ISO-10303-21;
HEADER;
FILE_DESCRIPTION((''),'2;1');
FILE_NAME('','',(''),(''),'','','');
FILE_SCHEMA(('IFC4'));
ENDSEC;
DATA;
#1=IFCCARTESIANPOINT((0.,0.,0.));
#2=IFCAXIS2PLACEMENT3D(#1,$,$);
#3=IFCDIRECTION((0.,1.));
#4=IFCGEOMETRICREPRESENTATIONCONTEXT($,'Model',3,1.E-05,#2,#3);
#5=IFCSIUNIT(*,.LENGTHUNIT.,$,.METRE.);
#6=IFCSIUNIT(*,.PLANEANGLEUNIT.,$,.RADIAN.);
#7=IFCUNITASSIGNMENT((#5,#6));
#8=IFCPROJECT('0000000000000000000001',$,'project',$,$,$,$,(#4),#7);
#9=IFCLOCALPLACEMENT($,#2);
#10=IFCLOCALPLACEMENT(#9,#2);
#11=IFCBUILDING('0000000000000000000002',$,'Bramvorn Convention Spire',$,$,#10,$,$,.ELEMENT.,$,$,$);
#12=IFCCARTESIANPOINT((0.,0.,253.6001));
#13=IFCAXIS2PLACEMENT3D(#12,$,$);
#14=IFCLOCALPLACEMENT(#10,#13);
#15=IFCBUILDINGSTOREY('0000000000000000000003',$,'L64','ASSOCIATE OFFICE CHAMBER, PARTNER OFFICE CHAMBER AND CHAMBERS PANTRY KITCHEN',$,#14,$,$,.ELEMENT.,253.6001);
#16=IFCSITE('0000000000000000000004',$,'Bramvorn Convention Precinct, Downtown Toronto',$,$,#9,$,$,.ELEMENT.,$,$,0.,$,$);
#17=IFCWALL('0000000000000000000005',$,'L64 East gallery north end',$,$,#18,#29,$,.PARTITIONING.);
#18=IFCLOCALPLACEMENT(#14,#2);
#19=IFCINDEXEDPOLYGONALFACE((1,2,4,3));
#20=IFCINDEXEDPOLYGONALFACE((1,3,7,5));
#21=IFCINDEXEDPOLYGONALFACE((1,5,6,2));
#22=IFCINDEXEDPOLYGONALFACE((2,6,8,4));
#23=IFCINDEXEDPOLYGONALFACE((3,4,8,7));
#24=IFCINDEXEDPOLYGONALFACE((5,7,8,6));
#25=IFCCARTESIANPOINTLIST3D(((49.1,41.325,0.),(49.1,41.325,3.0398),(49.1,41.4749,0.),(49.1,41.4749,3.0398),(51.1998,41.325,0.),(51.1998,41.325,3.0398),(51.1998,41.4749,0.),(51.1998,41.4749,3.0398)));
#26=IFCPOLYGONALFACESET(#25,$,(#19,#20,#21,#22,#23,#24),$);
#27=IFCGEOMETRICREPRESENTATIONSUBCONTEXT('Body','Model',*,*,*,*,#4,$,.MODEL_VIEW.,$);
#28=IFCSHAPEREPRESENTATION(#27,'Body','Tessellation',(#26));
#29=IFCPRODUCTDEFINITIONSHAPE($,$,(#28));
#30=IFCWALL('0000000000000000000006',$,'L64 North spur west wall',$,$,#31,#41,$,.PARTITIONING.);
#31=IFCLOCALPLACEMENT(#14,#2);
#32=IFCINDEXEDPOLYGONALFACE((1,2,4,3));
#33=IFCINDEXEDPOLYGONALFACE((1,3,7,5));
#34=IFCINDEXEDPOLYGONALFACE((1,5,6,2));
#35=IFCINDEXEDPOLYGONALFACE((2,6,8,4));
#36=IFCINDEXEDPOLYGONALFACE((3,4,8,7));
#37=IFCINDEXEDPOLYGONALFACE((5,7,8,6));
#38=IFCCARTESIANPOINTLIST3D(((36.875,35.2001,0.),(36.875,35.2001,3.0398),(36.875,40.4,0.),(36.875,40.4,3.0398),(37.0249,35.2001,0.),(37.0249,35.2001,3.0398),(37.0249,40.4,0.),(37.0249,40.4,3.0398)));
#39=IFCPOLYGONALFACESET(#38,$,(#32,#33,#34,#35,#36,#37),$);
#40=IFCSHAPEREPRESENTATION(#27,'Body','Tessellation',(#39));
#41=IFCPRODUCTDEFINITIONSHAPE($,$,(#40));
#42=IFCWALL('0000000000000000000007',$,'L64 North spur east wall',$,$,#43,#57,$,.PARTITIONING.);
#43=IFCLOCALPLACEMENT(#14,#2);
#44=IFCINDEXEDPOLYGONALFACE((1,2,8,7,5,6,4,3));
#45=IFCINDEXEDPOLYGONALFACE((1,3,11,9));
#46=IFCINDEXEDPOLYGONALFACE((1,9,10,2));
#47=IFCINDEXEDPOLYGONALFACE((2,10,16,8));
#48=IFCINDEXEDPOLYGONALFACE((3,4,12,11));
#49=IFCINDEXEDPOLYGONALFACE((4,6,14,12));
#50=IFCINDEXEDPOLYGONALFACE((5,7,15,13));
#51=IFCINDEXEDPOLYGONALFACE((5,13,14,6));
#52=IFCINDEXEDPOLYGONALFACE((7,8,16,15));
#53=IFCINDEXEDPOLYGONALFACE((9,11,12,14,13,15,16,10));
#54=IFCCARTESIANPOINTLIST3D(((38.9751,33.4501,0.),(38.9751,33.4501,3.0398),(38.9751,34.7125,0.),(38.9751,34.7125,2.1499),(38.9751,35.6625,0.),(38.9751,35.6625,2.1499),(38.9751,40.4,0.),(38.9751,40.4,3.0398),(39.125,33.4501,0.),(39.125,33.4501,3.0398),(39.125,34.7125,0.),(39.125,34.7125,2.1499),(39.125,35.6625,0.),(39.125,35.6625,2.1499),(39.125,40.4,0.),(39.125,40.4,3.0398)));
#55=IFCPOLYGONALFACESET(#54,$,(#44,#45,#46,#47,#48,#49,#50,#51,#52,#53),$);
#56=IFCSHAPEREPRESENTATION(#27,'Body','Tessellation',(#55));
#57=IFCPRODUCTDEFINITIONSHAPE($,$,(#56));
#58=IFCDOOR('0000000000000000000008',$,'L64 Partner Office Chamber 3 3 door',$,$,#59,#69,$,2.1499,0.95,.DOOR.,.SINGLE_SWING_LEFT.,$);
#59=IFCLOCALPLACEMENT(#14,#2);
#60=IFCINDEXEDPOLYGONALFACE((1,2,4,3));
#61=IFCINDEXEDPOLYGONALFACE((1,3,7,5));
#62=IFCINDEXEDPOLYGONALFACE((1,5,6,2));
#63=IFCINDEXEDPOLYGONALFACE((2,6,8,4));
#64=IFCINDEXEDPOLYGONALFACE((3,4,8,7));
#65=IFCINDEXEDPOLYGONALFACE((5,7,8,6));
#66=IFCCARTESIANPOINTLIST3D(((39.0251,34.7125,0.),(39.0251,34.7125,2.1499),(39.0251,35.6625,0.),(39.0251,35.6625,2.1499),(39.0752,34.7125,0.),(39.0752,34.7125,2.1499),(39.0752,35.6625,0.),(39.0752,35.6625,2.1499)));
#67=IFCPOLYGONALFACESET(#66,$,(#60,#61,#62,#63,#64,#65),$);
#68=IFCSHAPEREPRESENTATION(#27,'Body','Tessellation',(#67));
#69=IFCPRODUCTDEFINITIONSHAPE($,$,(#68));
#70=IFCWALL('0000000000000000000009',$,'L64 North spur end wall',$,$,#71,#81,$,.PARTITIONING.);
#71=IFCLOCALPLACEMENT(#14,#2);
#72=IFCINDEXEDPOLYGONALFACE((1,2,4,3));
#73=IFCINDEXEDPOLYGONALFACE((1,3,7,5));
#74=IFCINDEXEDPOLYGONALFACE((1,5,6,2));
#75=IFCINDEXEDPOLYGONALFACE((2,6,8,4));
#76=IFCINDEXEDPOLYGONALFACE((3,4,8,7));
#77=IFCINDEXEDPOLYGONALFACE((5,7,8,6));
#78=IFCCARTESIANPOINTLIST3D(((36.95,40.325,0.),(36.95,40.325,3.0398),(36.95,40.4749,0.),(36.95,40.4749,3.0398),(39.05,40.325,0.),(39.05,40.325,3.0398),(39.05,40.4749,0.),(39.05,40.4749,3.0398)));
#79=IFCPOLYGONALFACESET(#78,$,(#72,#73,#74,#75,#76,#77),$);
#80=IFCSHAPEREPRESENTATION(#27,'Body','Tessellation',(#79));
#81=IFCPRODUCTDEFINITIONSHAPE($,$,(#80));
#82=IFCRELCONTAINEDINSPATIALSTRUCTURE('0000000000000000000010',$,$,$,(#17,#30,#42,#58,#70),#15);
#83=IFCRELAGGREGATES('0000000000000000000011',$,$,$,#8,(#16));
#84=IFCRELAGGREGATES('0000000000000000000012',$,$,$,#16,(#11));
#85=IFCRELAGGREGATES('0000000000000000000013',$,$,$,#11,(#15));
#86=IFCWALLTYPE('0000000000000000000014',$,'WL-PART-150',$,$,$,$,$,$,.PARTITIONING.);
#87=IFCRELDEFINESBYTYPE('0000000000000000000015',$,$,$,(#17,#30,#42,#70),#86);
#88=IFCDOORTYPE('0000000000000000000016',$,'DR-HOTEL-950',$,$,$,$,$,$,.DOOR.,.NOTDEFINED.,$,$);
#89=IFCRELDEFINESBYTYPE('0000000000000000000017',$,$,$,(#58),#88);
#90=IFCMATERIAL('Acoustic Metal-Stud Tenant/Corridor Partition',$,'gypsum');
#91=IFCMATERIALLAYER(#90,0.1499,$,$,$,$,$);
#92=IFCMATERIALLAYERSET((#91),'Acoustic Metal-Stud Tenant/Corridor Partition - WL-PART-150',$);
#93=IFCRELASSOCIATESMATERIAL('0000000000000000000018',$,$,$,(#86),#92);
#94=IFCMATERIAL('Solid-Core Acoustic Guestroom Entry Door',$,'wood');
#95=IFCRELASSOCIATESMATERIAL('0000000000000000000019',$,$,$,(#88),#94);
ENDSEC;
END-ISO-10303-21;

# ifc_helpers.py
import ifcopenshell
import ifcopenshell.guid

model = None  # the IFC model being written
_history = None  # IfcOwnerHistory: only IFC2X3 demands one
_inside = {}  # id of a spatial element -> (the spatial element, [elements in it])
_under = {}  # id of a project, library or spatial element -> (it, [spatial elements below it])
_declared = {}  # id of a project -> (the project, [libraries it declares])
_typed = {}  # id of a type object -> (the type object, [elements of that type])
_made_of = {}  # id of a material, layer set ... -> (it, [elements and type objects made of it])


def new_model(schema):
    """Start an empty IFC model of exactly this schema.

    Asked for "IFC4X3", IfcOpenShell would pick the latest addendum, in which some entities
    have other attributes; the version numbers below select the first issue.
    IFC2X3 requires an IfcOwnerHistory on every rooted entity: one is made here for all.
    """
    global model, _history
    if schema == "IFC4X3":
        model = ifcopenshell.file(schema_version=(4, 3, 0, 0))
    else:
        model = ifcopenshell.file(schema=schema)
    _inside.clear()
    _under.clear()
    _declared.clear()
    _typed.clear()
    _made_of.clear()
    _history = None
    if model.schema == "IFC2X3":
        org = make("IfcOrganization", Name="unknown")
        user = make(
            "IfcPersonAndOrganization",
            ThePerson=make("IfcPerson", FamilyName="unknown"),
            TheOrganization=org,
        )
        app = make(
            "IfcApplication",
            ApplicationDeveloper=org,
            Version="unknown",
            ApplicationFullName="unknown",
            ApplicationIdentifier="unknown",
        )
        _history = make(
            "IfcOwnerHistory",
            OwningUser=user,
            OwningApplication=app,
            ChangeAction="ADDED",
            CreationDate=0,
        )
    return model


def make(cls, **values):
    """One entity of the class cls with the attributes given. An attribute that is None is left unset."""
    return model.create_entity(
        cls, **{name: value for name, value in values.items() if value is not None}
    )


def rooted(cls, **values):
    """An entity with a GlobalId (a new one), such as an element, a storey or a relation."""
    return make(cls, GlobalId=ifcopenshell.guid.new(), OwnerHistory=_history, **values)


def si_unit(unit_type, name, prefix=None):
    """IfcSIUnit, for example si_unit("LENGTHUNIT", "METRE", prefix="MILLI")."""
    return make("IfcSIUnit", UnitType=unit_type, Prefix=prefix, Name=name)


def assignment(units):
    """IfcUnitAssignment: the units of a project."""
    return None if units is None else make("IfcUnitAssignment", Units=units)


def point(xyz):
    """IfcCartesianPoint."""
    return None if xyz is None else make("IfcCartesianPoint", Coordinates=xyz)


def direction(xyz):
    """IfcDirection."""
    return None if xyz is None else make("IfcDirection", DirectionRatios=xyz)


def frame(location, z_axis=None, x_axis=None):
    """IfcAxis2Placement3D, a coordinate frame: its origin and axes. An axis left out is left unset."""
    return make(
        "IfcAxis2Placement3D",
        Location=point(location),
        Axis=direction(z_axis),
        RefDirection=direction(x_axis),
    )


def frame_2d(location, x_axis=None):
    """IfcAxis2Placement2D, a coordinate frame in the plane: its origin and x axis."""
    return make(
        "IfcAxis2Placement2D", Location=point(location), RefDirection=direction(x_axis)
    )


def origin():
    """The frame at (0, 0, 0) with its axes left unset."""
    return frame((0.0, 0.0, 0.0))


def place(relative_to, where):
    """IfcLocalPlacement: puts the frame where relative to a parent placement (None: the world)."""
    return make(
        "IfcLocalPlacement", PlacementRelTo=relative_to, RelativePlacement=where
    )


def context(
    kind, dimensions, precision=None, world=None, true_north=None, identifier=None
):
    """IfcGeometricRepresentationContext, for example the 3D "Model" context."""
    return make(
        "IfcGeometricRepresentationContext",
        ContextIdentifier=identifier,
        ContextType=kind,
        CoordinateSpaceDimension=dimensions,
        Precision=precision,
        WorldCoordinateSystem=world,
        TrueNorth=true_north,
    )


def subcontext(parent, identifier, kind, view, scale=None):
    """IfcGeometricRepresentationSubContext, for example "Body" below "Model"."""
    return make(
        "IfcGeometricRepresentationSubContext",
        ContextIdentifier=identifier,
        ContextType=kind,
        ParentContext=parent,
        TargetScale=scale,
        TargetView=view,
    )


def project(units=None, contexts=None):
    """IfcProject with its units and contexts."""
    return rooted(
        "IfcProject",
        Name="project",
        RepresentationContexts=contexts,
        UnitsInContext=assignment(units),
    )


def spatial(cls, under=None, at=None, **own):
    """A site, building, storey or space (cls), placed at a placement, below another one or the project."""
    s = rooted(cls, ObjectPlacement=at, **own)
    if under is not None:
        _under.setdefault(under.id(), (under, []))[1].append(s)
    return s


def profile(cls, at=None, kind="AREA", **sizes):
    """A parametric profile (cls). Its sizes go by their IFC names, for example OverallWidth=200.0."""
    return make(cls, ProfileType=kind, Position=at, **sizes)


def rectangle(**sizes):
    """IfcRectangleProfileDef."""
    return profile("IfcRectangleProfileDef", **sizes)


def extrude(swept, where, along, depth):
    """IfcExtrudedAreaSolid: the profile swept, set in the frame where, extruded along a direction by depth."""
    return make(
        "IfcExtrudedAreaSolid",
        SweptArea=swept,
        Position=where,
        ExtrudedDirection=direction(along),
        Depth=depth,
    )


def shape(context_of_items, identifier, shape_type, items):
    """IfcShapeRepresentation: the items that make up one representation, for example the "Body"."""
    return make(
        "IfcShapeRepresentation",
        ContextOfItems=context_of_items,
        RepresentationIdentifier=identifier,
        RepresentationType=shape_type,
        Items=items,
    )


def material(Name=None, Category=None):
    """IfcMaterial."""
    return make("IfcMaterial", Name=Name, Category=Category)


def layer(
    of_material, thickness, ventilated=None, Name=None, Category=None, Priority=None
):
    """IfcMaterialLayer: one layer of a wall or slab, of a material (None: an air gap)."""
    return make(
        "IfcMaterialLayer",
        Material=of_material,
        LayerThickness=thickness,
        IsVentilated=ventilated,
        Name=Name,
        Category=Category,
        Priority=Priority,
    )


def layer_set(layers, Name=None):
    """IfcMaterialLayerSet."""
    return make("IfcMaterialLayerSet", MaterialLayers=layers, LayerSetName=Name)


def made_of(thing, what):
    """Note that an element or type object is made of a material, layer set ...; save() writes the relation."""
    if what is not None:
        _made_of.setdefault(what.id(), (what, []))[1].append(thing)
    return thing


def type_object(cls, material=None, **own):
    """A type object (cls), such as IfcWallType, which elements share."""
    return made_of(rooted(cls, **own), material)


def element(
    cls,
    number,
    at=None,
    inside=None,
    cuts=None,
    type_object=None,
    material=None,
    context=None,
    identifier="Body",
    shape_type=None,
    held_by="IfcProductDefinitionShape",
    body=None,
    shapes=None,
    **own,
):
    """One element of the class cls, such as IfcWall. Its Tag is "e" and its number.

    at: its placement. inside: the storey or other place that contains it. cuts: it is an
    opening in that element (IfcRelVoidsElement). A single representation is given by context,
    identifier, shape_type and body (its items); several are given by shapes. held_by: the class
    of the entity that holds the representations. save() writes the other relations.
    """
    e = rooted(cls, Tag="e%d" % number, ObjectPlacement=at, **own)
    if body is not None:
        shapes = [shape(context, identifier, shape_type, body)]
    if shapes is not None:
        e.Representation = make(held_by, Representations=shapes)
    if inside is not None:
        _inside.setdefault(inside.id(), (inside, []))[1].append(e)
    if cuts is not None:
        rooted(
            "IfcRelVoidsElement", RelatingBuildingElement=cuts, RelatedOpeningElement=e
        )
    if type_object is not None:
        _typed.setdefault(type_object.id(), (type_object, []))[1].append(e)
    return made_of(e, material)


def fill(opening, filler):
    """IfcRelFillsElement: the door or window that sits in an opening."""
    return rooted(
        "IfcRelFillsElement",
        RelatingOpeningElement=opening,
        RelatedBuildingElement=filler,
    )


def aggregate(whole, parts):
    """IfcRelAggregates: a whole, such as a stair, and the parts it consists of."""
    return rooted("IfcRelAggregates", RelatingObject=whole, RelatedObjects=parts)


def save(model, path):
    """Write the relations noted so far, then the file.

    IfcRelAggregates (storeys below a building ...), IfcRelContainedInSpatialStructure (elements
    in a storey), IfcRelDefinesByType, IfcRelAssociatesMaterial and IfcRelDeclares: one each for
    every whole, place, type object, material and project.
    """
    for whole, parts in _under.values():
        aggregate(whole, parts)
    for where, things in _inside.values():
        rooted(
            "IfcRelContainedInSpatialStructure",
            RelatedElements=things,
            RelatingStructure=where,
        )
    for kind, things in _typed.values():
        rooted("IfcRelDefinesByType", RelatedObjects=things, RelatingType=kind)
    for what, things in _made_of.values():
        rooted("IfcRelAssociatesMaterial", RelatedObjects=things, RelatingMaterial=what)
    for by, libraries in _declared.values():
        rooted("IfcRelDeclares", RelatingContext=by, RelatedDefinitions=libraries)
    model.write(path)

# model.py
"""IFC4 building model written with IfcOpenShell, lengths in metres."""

from ifc_helpers import new_model, si_unit, direction, frame, frame_2d, origin, place, context, subcontext, project, spatial, rectangle, extrude, material, layer, layer_set, type_object, element, fill, save


model = new_model("IFC4")

# Units and contexts
model_context = context("Model", 3, precision=1e-05, world=origin(), true_north=direction((0.0, 1.0)))
body_context = subcontext(model_context, "Body", "Model", "MODEL_VIEW")
ifc_project = project(units=[si_unit("LENGTHUNIT", "METRE"), si_unit("PLANEANGLEUNIT", "RADIAN")], contexts=[model_context])

# Site, building, storey
site_placement = place(None, origin())
site = spatial("IfcSite", under=ifc_project, at=site_placement, Name="Bramvorn Convention Precinct, Downtown Toronto", CompositionType="ELEMENT", RefElevation=0.0)
building_placement = place(site_placement, origin())
building = spatial("IfcBuilding", under=site, at=building_placement, Name="Bramvorn Convention Spire", CompositionType="ELEMENT")
storey_placement = place(building_placement, frame((0.0, 0.0, 253.6001)))
storey = spatial("IfcBuildingStorey", under=building, at=storey_placement, Name="L64", Description="ASSOCIATE OFFICE CHAMBER, PARTNER OFFICE CHAMBER AND CHAMBERS PANTRY KITCHEN", CompositionType="ELEMENT", Elevation=253.6001)

# Shared definitions
ifc_material_1 = material(Name="Acoustic Metal-Stud Tenant/Corridor Partition", Category="gypsum")
ifc_layer_1 = layer(ifc_material_1, 0.1499)
ifc_layer_set_1 = layer_set([ifc_layer_1], Name="Acoustic Metal-Stud Tenant/Corridor Partition - WL-PART-150")
wall_type_1 = type_object("IfcWallType", Name="WL-PART-150", PredefinedType="PARTITIONING", material=ifc_layer_set_1)
ifc_material_2 = material(Name="Solid-Core Acoustic Guestroom Entry Door", Category="wood")
door_type = type_object("IfcDoorType", Name="DR-HOTEL-950", OperationType="NOTDEFINED", PredefinedType="DOOR", material=ifc_material_2)

# Walls
wall_1_placement = place(storey_placement, frame((49.1001, 41.3999, 0.0), z_axis=(0.0, 0.0, 1.0), x_axis=(1.0, 0.0, 0.0)))
element("IfcWall", 1, at=wall_1_placement, inside=storey, type_object=wall_type_1, Name="L64 East gallery north end", PredefinedType="PARTITIONING", context=body_context, shape_type="SweptSolid", body=[
    extrude(rectangle(XDim=2.0999, YDim=0.1499, at=frame_2d((1.0498, 0.0))), origin(), (0.0, 0.0, 1.0), 3.0398),
])
wall_2_placement = place(storey_placement, frame((36.95, 35.2, 0.0), z_axis=(0.0, 0.0, 1.0), x_axis=(0.0, 1.0, 0.0)))
element("IfcWall", 2, at=wall_2_placement, inside=storey, type_object=wall_type_1, Name="L64 North spur west wall", PredefinedType="PARTITIONING", context=body_context, shape_type="SweptSolid", body=[
    extrude(rectangle(XDim=5.2, YDim=0.1499, at=frame_2d((2.6001, 0.0))), origin(), (0.0, 0.0, 1.0), 3.0398),
])

# Wall, opening, door
wall_3_placement = place(storey_placement, frame((39.05, 33.45, 0.0), z_axis=(0.0, 0.0, 1.0), x_axis=(0.0, 1.0, 0.0)))
wall_3 = element("IfcWall", 3, at=wall_3_placement, inside=storey, type_object=wall_type_1, Name="L64 North spur east wall", PredefinedType="PARTITIONING", context=body_context, shape_type="SweptSolid", body=[
    extrude(rectangle(XDim=6.95, YDim=0.1499, at=frame_2d((3.4751, 0.0))), origin(), (0.0, 0.0, 1.0), 3.0398),
])
opening_1_placement = place(wall_3_placement, frame((1.2625, 0.0, 0.0)))
opening_1 = element("IfcOpeningElement", 4, at=opening_1_placement, cuts=wall_3, PredefinedType="OPENING", context=body_context, shape_type="SweptSolid", body=[
    extrude(rectangle(XDim=0.95, YDim=2.1499, at=frame_2d((0.4751, 1.075))), frame((0.0, 0.085, 0.0), z_axis=(0.0, -1.0, 0.0), x_axis=(1.0, 0.0, 0.0)), (0.0, 0.0, 1.0), 0.1699),
])
door_1_placement = place(opening_1_placement, origin())
door_1 = element("IfcDoor", 5, at=door_1_placement, inside=storey, type_object=door_type, Name="L64 Partner Office Chamber 3 3 door", OperationType="SINGLE_SWING_LEFT", OverallHeight=2.1499, OverallWidth=0.95, PredefinedType="DOOR", context=body_context, shape_type="SweptSolid", body=[
    extrude(rectangle(XDim=0.95, YDim=2.1499, at=frame_2d((0.4751, 1.075))), frame((0.0, 0.0249, 0.0), z_axis=(0.0, -1.0, 0.0), x_axis=(1.0, 0.0, 0.0)), (0.0, 0.0, 1.0), 0.05),
])
fill(opening_1, door_1)

# Wall
wall_4_placement = place(storey_placement, frame((36.95, 40.3999, 0.0), z_axis=(0.0, 0.0, 1.0), x_axis=(1.0, 0.0, 0.0)))
element("IfcWall", 6, at=wall_4_placement, inside=storey, type_object=wall_type_1, Name="L64 North spur end wall", PredefinedType="PARTITIONING", context=body_context, shape_type="SweptSolid", body=[
    extrude(rectangle(XDim=2.1001, YDim=0.1499, at=frame_2d((1.05, 0.0))), origin(), (0.0, 0.0, 1.0), 3.0398),
])

save(model, "model.ifc")
